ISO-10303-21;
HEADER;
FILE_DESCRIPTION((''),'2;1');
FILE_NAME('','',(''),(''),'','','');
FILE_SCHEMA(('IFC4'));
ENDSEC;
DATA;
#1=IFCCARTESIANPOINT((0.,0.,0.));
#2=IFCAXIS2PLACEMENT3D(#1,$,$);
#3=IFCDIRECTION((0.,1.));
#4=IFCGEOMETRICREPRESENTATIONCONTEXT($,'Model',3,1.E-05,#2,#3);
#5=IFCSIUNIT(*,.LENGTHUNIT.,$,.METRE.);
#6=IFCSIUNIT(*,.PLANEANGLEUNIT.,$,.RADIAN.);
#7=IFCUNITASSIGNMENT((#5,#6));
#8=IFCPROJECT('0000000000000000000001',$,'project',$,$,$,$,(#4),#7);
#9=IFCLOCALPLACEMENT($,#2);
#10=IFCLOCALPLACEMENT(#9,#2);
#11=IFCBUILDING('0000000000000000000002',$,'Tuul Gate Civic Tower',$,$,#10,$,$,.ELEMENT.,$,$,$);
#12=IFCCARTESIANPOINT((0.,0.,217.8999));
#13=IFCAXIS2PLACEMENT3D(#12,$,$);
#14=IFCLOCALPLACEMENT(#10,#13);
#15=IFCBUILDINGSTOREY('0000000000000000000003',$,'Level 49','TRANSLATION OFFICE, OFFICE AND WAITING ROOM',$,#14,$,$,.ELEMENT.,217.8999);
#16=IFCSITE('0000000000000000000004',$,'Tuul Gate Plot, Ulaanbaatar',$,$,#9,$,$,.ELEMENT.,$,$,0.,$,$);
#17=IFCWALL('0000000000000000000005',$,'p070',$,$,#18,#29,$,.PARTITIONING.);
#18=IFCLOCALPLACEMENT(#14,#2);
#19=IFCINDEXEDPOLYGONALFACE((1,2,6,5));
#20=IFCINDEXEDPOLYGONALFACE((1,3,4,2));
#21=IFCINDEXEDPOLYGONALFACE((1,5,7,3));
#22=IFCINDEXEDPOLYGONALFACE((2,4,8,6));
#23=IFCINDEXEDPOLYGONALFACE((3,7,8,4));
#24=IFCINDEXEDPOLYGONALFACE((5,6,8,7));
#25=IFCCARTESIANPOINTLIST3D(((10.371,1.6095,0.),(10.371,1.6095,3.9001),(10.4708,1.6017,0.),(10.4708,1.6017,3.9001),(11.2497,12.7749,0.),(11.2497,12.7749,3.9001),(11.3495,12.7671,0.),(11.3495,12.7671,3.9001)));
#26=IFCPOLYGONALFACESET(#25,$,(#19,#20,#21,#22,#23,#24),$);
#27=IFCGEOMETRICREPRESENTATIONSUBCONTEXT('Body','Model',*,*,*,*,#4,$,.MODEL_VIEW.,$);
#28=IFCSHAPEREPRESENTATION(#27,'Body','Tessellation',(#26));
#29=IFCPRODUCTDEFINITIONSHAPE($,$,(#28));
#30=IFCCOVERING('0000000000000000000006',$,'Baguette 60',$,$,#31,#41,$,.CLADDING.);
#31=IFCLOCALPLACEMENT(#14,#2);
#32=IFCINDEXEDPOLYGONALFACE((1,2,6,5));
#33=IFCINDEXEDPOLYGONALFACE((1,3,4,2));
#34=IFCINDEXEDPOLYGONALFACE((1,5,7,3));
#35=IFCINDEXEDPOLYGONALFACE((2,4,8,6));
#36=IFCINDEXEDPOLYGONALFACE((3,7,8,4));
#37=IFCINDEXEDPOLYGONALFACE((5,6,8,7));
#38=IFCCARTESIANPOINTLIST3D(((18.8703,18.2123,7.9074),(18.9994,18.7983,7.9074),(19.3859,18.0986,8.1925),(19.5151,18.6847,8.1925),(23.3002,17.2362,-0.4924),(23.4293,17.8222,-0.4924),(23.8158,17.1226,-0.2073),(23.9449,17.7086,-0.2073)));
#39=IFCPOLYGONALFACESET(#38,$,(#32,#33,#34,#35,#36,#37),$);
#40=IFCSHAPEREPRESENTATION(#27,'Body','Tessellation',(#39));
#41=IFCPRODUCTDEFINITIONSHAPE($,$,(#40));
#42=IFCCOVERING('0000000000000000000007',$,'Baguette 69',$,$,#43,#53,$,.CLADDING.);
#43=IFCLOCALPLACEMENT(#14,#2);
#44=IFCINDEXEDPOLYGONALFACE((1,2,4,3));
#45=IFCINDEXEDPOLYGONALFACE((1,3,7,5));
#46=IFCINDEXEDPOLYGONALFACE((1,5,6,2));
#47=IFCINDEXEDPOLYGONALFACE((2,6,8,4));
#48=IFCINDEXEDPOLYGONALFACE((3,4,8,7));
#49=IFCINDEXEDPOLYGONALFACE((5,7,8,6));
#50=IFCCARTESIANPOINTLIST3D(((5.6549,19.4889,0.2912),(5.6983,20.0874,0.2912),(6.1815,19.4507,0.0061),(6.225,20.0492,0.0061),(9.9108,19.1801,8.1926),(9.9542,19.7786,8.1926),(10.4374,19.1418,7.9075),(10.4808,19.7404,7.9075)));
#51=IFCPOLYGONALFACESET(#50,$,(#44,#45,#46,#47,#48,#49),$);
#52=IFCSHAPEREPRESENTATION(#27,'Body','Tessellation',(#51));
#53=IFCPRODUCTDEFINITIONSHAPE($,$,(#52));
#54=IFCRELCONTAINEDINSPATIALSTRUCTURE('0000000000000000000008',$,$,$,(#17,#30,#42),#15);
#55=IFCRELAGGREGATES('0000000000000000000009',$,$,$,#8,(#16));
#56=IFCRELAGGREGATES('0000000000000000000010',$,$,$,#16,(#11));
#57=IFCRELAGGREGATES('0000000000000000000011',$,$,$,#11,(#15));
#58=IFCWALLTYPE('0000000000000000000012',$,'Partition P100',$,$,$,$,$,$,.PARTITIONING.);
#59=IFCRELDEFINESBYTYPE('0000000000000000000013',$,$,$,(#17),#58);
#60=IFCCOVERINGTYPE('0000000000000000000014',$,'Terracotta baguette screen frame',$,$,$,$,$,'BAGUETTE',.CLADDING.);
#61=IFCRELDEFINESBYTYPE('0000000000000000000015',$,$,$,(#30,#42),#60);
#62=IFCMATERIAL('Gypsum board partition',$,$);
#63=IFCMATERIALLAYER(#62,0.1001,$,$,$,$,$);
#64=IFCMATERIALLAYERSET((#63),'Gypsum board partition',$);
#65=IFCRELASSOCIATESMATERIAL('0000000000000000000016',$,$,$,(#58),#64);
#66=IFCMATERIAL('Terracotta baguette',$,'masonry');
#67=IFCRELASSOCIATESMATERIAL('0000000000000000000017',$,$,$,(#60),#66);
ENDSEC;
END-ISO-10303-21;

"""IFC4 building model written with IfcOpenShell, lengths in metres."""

from ifc_helpers import new_model, si_unit, direction, frame, frame_2d, origin, origin_2d, place, context, subcontext, project, spatial, rectangle, extrude, material, layer, layer_set, material_profile, profile_set, type_object, element, save


model = new_model("IFC4")

# Units and contexts
model_context = context("Model", 3, precision=1e-05, world=origin(), true_north=direction((0.0, 1.0)))
body_context = subcontext(model_context, "Body", "Model", "MODEL_VIEW")
ifc_project = project(units=[si_unit("LENGTHUNIT", "METRE"), si_unit("PLANEANGLEUNIT", "RADIAN")], contexts=[model_context])

# Site, building, storey
site_placement = place(None, origin())
site = spatial("IfcSite", under=ifc_project, at=site_placement, Name="Tuul Gate Plot, Ulaanbaatar", CompositionType="ELEMENT", RefElevation=0.0)
building_placement = place(site_placement, origin())
building = spatial("IfcBuilding", under=site, at=building_placement, Name="Tuul Gate Civic Tower", CompositionType="ELEMENT")
storey_placement = place(building_placement, frame((0.0, 0.0, 217.8999)))
storey = spatial("IfcBuildingStorey", under=building, at=storey_placement, Name="Level 49", Description="TRANSLATION OFFICE, OFFICE AND WAITING ROOM", CompositionType="ELEMENT", Elevation=217.8999)

# Wall
ifc_material_1 = material(Name="Gypsum board partition")
ifc_layer_1 = layer(ifc_material_1, 0.1001)
ifc_layer_set_1 = layer_set([ifc_layer_1], Name="Gypsum board partition")
wall_type_1 = type_object("IfcWallType", Name="Partition P100", PredefinedType="PARTITIONING", material=ifc_layer_set_1)
wall_1_placement = place(storey_placement, frame((10.4209, 1.6055, 0.0), z_axis=(0.0, 0.0, 1.0), x_axis=(0.078452, 0.996918, 0.0)))
element("IfcWall", 1, at=wall_1_placement, inside=storey, type_object=wall_type_1, Name="p070", PredefinedType="PARTITIONING", context=body_context, shape_type="SweptSolid", body=[
    extrude(rectangle(XDim=11.2, YDim=0.1001, at=frame_2d((5.6001, 0.0))), origin(), (0.0, 0.0, 1.0), 3.9001),
])

# Coverings
ifc_material_2 = material(Name="Terracotta baguette", Category="masonry")
ifc_material_profile_1 = material_profile(ifc_material_2, rectangle(XDim=0.6001, YDim=0.6001, at=origin_2d()), Name="Terracotta baguette screen frame")
ifc_profile_set_1 = profile_set([ifc_material_profile_1], Name="Terracotta baguette")
covering_type = type_object("IfcCoveringType", Name="Terracotta baguette screen frame", ElementType="BAGUETTE", PredefinedType="CLADDING", material=ifc_profile_set_1)
covering_1_placement = place(storey_placement, frame((23.6226, 17.4724, -0.3499), z_axis=(-0.464038, 0.102244, 0.879895), x_axis=(-0.215175, -0.976576, 0.0)))
element("IfcCovering", 2, at=covering_1_placement, inside=storey, type_object=covering_type, Name="Baguette 60", PredefinedType="CLADDING", context=body_context, shape_type="SweptSolid", body=[
    extrude(rectangle(XDim=0.6001, YDim=0.6001, at=origin_2d()), origin(), (0.0, 0.0, 1.0), 9.5464),
])
covering_2_placement = place(storey_placement, frame((10.1958, 19.4602, 8.05), z_axis=(-0.47393, 0.034392, -0.879891), x_axis=(-0.072377, -0.997377, 0.0)))
element("IfcCovering", 3, at=covering_2_placement, inside=storey, type_object=covering_type, Name="Baguette 69", PredefinedType="CLADDING", context=body_context, shape_type="SweptSolid", body=[
    extrude(rectangle(XDim=0.6001, YDim=0.6001, at=origin_2d()), origin(), (0.0, 0.0, 1.0), 8.98),
])

save(model, "model.ifc")
